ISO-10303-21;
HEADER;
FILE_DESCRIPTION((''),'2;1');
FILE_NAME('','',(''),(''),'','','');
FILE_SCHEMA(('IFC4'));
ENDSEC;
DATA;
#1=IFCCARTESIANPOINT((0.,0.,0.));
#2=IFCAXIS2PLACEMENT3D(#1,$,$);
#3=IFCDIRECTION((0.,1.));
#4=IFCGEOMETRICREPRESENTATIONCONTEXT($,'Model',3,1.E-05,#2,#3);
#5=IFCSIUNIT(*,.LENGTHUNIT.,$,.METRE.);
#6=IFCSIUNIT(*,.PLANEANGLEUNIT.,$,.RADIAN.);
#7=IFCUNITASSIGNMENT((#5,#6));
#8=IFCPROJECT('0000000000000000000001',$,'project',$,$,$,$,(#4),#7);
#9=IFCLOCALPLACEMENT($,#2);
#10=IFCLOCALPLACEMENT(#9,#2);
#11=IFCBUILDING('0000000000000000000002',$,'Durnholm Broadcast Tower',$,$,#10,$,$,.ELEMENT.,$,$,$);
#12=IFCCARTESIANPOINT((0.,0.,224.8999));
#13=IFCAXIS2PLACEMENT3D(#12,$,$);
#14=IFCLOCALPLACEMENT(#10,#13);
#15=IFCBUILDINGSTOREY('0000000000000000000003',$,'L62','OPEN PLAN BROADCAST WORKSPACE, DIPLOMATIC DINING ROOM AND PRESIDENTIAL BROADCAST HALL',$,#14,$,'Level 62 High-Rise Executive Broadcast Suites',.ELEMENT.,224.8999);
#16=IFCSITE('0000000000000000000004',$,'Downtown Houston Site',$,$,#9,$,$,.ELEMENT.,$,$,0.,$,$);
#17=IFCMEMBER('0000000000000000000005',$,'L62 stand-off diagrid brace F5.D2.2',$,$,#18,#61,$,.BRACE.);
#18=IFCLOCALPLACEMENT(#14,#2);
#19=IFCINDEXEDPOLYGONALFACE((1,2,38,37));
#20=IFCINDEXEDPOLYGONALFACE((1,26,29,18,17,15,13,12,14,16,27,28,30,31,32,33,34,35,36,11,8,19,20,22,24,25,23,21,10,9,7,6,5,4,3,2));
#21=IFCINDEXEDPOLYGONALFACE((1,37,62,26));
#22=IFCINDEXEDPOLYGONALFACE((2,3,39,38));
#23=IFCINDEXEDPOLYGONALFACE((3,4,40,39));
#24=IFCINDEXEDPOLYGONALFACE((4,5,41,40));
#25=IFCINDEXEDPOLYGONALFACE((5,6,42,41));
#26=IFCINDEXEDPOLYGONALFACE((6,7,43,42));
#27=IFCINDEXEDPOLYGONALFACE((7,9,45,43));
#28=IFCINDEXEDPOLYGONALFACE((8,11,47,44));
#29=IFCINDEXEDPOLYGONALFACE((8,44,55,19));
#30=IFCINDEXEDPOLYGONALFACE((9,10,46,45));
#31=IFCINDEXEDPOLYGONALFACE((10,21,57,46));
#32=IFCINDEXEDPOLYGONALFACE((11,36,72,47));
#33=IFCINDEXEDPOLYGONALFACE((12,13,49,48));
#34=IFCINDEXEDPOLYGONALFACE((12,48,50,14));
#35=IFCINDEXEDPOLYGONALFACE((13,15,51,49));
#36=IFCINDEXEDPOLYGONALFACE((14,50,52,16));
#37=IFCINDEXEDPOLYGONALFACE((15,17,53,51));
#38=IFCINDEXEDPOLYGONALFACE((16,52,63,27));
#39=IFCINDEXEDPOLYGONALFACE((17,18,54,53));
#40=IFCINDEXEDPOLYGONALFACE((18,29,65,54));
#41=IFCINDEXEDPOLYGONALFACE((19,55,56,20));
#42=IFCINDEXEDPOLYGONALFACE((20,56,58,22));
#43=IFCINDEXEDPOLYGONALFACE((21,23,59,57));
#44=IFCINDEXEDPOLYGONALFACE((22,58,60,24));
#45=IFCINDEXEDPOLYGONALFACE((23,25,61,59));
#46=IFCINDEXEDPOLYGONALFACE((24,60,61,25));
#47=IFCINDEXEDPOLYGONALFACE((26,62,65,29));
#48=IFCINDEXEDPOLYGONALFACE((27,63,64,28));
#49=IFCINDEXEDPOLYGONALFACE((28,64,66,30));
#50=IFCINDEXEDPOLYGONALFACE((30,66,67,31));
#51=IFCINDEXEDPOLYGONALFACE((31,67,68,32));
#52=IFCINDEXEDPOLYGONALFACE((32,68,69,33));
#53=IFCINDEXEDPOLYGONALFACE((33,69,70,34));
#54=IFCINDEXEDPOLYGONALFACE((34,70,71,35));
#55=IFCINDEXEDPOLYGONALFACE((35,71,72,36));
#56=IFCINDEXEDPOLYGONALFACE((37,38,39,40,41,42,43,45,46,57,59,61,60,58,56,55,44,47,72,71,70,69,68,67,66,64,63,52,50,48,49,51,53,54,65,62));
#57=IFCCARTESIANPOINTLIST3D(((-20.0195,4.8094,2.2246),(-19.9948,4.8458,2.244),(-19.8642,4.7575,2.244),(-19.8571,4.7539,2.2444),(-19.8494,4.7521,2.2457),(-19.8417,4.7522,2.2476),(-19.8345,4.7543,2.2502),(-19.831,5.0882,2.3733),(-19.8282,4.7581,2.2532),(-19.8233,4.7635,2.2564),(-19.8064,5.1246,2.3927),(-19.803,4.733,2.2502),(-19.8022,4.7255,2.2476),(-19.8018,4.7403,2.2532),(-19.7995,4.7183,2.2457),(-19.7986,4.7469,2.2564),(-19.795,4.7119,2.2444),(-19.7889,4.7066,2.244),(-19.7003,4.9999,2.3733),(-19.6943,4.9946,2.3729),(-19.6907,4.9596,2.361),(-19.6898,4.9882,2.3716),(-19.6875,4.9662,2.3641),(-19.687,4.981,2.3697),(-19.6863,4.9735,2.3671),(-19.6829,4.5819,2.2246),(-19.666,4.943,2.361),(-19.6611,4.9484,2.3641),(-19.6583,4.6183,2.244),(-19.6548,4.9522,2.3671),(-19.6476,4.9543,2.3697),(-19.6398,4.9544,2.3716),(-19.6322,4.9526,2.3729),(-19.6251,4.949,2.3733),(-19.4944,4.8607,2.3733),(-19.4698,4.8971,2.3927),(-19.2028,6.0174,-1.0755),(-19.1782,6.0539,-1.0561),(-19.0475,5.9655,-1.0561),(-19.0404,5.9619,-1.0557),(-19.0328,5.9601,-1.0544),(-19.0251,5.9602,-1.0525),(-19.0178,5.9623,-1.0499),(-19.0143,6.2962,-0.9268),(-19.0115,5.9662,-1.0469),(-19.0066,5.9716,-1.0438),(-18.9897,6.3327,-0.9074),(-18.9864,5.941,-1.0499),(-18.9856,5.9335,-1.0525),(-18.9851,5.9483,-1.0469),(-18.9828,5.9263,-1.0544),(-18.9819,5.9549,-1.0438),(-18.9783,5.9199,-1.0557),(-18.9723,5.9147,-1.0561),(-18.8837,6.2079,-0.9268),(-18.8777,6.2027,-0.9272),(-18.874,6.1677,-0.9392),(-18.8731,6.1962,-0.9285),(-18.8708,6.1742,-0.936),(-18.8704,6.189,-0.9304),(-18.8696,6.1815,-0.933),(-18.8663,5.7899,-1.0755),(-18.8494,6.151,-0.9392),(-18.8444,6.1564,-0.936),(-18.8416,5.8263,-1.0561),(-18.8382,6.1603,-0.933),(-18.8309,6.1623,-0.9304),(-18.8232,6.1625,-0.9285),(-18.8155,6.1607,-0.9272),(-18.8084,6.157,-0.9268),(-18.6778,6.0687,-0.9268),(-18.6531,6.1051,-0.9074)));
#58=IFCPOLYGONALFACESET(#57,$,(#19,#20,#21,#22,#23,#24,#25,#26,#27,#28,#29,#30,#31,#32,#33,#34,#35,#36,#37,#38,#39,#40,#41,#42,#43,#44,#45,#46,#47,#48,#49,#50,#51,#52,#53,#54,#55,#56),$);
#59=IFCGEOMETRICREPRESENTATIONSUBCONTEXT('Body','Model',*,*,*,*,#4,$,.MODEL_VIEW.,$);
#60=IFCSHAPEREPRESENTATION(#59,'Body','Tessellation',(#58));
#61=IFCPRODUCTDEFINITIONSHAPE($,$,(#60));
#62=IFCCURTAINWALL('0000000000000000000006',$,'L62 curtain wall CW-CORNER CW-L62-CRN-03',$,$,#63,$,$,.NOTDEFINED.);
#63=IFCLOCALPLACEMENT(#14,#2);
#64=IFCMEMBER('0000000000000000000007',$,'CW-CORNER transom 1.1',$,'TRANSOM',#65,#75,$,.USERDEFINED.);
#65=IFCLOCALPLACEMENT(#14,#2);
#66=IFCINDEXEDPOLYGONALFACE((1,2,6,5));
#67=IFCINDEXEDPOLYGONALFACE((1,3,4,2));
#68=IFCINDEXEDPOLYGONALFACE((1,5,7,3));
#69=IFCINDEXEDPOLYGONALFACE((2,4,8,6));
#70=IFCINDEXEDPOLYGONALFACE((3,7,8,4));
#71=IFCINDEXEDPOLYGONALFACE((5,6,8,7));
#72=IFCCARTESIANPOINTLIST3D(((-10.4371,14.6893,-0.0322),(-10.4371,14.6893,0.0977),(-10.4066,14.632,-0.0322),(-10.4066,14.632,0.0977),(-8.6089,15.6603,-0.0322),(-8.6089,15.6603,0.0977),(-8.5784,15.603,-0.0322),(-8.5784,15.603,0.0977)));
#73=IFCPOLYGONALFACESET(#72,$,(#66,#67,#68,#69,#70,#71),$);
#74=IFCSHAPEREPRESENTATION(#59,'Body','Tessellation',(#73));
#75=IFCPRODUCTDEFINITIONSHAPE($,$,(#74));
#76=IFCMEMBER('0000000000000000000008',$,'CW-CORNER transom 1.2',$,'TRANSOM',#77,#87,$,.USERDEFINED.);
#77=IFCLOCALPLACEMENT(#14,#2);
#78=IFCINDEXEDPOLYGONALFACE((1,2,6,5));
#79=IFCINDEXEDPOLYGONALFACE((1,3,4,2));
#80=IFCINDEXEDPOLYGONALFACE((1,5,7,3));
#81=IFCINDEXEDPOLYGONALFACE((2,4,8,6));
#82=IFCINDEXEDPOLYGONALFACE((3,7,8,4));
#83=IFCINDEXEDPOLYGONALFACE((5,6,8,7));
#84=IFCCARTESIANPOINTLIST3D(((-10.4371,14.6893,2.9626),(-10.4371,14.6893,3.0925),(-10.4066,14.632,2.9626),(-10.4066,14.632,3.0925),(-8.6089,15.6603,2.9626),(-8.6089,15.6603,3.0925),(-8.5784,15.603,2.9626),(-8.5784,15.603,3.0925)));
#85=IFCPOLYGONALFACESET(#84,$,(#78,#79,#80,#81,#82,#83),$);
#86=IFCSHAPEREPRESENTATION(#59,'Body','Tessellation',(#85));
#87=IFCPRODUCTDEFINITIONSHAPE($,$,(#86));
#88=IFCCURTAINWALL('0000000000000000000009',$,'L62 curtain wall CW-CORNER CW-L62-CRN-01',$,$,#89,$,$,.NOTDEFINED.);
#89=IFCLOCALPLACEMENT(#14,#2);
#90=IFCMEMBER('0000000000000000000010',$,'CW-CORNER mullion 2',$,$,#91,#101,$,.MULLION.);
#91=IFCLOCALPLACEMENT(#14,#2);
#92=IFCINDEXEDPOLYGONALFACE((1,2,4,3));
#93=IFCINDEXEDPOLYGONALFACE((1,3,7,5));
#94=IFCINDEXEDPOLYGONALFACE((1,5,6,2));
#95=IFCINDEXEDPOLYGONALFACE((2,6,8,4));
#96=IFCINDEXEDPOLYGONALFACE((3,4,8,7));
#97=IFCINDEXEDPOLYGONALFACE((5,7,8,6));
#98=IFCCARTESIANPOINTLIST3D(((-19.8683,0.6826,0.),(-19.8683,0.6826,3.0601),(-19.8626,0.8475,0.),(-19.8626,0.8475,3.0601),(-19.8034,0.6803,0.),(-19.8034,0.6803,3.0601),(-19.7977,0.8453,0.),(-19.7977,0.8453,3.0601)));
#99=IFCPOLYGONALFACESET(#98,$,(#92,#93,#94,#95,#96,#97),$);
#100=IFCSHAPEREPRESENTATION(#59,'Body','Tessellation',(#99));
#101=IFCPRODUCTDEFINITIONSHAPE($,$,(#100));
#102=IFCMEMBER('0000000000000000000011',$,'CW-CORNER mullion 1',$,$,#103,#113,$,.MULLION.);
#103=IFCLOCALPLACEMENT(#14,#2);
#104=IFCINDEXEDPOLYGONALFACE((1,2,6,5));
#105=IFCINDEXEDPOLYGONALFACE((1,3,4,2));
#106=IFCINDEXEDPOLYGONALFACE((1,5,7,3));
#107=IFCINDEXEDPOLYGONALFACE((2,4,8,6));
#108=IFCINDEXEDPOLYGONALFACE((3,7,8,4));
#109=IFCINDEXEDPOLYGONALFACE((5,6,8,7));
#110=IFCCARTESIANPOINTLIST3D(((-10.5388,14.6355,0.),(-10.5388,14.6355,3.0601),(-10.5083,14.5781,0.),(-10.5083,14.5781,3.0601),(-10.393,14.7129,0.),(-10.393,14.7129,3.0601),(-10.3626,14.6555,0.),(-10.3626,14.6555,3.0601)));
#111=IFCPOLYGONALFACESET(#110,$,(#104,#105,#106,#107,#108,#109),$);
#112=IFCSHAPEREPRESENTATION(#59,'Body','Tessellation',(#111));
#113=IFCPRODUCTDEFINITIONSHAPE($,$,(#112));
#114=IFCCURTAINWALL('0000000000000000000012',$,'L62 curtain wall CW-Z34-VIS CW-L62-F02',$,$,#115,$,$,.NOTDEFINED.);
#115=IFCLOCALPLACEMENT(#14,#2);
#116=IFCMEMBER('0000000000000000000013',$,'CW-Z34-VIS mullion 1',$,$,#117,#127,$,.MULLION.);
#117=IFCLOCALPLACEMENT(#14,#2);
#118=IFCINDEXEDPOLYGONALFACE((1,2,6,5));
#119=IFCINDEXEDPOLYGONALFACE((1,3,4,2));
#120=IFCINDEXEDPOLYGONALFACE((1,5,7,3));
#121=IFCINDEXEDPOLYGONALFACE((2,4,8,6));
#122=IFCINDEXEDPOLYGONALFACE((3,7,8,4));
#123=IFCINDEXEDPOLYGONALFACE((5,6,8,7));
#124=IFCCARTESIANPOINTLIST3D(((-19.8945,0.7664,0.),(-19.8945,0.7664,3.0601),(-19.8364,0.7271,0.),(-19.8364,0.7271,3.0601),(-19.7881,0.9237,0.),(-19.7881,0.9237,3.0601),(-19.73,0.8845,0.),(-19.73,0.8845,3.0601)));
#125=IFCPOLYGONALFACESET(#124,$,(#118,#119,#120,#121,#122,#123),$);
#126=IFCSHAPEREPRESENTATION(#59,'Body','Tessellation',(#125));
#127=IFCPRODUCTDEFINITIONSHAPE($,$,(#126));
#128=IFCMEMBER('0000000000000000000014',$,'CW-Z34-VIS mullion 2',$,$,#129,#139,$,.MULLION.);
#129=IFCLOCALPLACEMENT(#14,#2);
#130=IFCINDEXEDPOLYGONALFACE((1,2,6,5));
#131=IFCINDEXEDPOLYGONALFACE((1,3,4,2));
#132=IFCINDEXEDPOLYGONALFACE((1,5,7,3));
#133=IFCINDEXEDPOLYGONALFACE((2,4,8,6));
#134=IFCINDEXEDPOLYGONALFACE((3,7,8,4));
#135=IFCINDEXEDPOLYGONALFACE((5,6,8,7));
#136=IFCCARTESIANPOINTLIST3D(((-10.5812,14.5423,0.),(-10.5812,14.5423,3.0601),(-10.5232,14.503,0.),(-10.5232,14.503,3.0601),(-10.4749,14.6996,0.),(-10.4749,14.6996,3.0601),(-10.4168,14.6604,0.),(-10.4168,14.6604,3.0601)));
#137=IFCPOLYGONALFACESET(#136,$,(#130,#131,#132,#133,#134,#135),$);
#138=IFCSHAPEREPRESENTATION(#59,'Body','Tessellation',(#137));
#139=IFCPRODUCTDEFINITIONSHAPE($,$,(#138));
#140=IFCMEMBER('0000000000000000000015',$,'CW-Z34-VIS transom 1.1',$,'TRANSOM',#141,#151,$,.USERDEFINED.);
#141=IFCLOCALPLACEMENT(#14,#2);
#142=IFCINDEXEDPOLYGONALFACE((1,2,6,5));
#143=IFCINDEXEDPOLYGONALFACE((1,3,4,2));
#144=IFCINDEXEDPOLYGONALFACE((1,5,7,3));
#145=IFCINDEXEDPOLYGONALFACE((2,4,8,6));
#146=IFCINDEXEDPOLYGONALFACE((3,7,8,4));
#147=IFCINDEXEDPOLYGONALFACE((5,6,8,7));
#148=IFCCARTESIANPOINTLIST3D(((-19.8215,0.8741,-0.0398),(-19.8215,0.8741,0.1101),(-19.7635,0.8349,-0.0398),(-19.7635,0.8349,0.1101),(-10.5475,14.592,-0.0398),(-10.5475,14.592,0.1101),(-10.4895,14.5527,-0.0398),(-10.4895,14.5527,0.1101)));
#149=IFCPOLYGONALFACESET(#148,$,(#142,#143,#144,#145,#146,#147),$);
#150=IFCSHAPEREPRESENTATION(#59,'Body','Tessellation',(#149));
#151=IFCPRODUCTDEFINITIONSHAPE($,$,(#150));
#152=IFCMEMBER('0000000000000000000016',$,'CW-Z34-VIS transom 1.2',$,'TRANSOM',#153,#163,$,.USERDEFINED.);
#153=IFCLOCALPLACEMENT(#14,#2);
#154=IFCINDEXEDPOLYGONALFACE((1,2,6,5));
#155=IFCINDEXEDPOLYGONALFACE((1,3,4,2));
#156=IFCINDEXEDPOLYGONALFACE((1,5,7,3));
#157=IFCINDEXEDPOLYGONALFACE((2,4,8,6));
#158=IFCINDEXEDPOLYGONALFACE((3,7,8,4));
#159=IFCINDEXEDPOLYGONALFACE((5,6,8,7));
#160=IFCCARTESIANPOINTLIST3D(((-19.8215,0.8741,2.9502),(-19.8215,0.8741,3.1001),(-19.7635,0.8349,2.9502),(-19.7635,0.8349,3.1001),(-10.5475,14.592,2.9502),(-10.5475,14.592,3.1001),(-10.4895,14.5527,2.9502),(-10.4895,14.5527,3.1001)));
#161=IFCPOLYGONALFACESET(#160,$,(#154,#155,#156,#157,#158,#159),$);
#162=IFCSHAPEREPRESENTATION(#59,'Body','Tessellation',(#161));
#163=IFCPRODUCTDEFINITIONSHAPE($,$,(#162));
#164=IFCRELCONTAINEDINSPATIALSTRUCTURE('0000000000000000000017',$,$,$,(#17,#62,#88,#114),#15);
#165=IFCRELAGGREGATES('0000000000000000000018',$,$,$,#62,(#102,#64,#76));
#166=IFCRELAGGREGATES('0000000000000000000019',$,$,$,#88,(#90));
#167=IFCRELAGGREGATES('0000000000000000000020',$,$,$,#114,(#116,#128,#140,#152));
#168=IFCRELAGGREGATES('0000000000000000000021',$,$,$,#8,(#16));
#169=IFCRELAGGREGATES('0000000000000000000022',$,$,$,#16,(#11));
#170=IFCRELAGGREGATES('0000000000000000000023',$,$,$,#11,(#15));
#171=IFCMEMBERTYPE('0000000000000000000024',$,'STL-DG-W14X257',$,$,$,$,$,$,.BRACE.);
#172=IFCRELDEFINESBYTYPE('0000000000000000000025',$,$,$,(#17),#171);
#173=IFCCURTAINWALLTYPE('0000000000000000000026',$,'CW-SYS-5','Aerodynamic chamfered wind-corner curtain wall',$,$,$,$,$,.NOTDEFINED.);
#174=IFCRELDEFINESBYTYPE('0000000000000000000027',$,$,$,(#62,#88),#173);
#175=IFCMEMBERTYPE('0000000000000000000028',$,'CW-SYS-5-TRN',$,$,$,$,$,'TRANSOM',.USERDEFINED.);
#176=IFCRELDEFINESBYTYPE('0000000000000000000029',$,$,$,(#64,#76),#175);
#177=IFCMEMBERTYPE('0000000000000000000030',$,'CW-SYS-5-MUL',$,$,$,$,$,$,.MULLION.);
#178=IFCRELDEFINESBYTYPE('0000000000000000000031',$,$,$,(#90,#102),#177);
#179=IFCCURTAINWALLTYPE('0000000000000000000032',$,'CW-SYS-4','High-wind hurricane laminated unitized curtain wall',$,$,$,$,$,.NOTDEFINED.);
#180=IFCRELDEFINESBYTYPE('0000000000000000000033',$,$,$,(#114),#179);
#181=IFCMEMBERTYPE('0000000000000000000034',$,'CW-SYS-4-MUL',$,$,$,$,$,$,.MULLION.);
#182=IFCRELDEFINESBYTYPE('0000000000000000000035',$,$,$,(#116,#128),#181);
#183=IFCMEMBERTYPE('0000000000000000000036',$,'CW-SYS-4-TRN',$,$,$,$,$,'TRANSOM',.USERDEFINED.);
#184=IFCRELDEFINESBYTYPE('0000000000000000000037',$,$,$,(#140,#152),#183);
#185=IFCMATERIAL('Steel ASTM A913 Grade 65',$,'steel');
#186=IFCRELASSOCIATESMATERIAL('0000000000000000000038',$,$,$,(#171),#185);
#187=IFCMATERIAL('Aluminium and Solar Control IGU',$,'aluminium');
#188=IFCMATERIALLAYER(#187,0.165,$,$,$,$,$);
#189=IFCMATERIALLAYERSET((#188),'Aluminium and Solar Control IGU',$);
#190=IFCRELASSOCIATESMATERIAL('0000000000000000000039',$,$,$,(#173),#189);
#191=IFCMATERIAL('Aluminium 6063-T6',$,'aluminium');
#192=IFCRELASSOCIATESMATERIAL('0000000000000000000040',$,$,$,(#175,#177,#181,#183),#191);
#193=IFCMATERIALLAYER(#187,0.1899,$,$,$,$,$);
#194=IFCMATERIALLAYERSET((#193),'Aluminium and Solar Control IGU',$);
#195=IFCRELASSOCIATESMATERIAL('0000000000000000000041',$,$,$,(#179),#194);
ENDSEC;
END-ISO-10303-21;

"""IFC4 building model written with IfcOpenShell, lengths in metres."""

from ifc_helpers import new_model, si_unit, direction, frame, origin, origin_2d, place, context, subcontext, project, spatial, rectangle, i_section, extrude, source, transform, mapped, material, layer, layer_set, material_profile, profile_set, type_object, type_shapes, element, aggregate, save


model = new_model("IFC4")

# Units and contexts
model_context = context("Model", 3, precision=1e-05, world=origin(), true_north=direction((0.0, 1.0)))
body_context = subcontext(model_context, "Body", "Model", "MODEL_VIEW")
ifc_project = project(units=[si_unit("LENGTHUNIT", "METRE"), si_unit("PLANEANGLEUNIT", "RADIAN")], contexts=[model_context])

# Site, building, storey
site_placement = place(None, origin())
site = spatial("IfcSite", under=ifc_project, at=site_placement, Name="Downtown Houston Site", CompositionType="ELEMENT", RefElevation=0.0)
building_placement = place(site_placement, origin())
building = spatial("IfcBuilding", under=site, at=building_placement, Name="Durnholm Broadcast Tower", CompositionType="ELEMENT")
storey_placement = place(building_placement, frame((0.0, 0.0, 224.8999)))
storey = spatial("IfcBuildingStorey", under=building, at=storey_placement, Name="L62", Description="OPEN PLAN BROADCAST WORKSPACE, DIPLOMATIC DINING ROOM AND PRESIDENTIAL BROADCAST HALL", LongName="Level 62 High-Rise Executive Broadcast Suites", CompositionType="ELEMENT", Elevation=224.8999)

# Member
ifc_material_1 = material(Name="Steel ASTM A913 Grade 65", Category="steel")
ifc_material_profile_1 = material_profile(ifc_material_1, i_section(OverallWidth=0.4062, OverallDepth=0.416, WebThickness=0.0298, FlangeThickness=0.0481, FilletRadius=0.0305, at=origin_2d()), Name="W14X257")
ifc_profile_set_1 = profile_set([ifc_material_profile_1], Name="Steel ASTM A913 Grade 65")
member_type_1 = type_object("IfcMemberType", Name="STL-DG-W14X257", PredefinedType="BRACE", material=ifc_profile_set_1)
shared_shape_1 = source(origin(), body_context, "Body", "SweptSolid", [
    extrude(i_section(OverallWidth=0.4062, OverallDepth=0.416, WebThickness=0.0298, FlangeThickness=0.0481, FilletRadius=0.0305, at=origin_2d()), origin(), (0.0, 0.0, 1.0), 3.6079),
])
type_shapes(member_type_1, [shared_shape_1])
for number, where, z_axis, x_axis, name in (
    (1, (-18.928, 6.0613, -0.9915), (-0.226354, -0.334828, 0.914688), (0.828452, -0.560059, 0.0), "L62 stand-off diagrid brace F5.D2.2"),
):
    element("IfcMember", number, at=place(storey_placement, frame(where, z_axis=z_axis, x_axis=x_axis)), inside=storey, type_object=member_type_1, Name=name, PredefinedType="BRACE", context=body_context, shape_type="MappedRepresentation", body=[
        mapped(shared_shape_1, transform((0.0, 0.0, 0.0), x_axis=(1.0, 0.0, 0.0), y_axis=(0.0, 1.0, 0.0), z_axis=(0.0, 0.0, 1.0), scale=1.0)),
    ])

# Curtain wall, members
ifc_material_2 = material(Name="Aluminium and Solar Control IGU", Category="aluminium")
ifc_layer_1 = layer(ifc_material_2, 0.165)
ifc_layer_set_1 = layer_set([ifc_layer_1], Name="Aluminium and Solar Control IGU")
curtain_wall_type_1 = type_object("IfcCurtainWallType", Name="CW-SYS-5", Description="Aerodynamic chamfered wind-corner curtain wall", PredefinedType="NOTDEFINED", material=ifc_layer_set_1)
curtain_wall_1_placement = place(storey_placement, origin())
curtain_wall_1 = element("IfcCurtainWall", 2, at=curtain_wall_1_placement, inside=storey, type_object=curtain_wall_type_1, Name="L62 curtain wall CW-CORNER CW-L62-CRN-03", PredefinedType="NOTDEFINED")
ifc_material_3 = material(Name="Aluminium 6063-T6", Category="aluminium")
ifc_material_profile_2 = material_profile(ifc_material_3, rectangle(XDim=0.0649, YDim=0.1299, at=origin_2d()), Name="CWT65X130")
ifc_profile_set_2 = profile_set([ifc_material_profile_2], Name="Aluminium 6063-T6")
member_type_2 = type_object("IfcMemberType", Name="CW-SYS-5-TRN", ElementType="TRANSOM", PredefinedType="USERDEFINED", material=ifc_profile_set_2)
shared_shape_2 = source(origin(), body_context, "Body", "SweptSolid", [
    extrude(rectangle(XDim=0.0649, YDim=0.1299, at=origin_2d()), origin(), (0.0, 0.0, 1.0), 2.0701),
])
type_shapes(member_type_2, [shared_shape_2])
member_1_placement = place(storey_placement, frame((-10.4219, 14.6606, 0.0327), z_axis=(0.883165, 0.469063, 0.0), x_axis=(-0.469063, 0.883165, 0.0)))
member_1 = element("IfcMember", 3, at=member_1_placement, type_object=member_type_2, Name="CW-CORNER transom 1.1", ObjectType="TRANSOM", PredefinedType="USERDEFINED", context=body_context, shape_type="MappedRepresentation", body=[
    mapped(shared_shape_2, transform((0.0, 0.0, 0.0), x_axis=(1.0, 0.0, 0.0), y_axis=(0.0, 1.0, 0.0), z_axis=(0.0, 0.0, 1.0), scale=1.0)),
])
member_2_placement = place(storey_placement, frame((-10.4219, 14.6606, 3.0276), z_axis=(0.883165, 0.469063, 0.0), x_axis=(-0.469063, 0.883165, 0.0)))
member_2 = element("IfcMember", 4, at=member_2_placement, type_object=member_type_2, Name="CW-CORNER transom 1.2", ObjectType="TRANSOM", PredefinedType="USERDEFINED", context=body_context, shape_type="MappedRepresentation", body=[
    mapped(shared_shape_2, transform((0.0, 0.0, 0.0), x_axis=(1.0, 0.0, 0.0), y_axis=(0.0, 1.0, 0.0), z_axis=(0.0, 0.0, 1.0), scale=1.0)),
])

# Curtain wall, member
curtain_wall_2_placement = place(storey_placement, origin())
curtain_wall_2 = element("IfcCurtainWall", 5, at=curtain_wall_2_placement, inside=storey, type_object=curtain_wall_type_1, Name="L62 curtain wall CW-CORNER CW-L62-CRN-01", PredefinedType="NOTDEFINED")
ifc_material_profile_3 = material_profile(ifc_material_3, rectangle(XDim=0.0649, YDim=0.165, at=origin_2d()), Name="CWM65X165")
ifc_profile_set_3 = profile_set([ifc_material_profile_3], Name="Aluminium 6063-T6")
member_type_3 = type_object("IfcMemberType", Name="CW-SYS-5-MUL", PredefinedType="MULLION", material=ifc_profile_set_3)
shared_shape_3 = source(origin(), body_context, "Body", "SweptSolid", [
    extrude(rectangle(XDim=0.0649, YDim=0.165, at=origin_2d()), origin(), (0.0, 0.0, 1.0), 3.0601),
])
type_shapes(member_type_3, [shared_shape_3])
member_3_placement = place(storey_placement, frame((-19.833, 0.7639, 0.0), z_axis=(0.0, 0.0, 1.0), x_axis=(-0.999411, 0.034318, 0.0)))
member_3 = element("IfcMember", 6, at=member_3_placement, type_object=member_type_3, Name="CW-CORNER mullion 2", PredefinedType="MULLION", context=body_context, shape_type="MappedRepresentation", body=[
    mapped(shared_shape_3, transform((0.0, 0.0, 0.0), x_axis=(1.0, 0.0, 0.0), y_axis=(0.0, 1.0, 0.0), z_axis=(0.0, 0.0, 1.0), scale=1.0)),
])

# Member
member_4_placement = place(storey_placement, frame((-10.4507, 14.6455, 0.0), z_axis=(0.0, 0.0, 1.0), x_axis=(-0.469007, 0.883195, 0.0)))
member_4 = element("IfcMember", 7, at=member_4_placement, type_object=member_type_3, Name="CW-CORNER mullion 1", PredefinedType="MULLION", context=body_context, shape_type="MappedRepresentation", body=[
    mapped(shared_shape_3, transform((0.0, 0.0, 0.0), x_axis=(1.0, 0.0, 0.0), y_axis=(0.0, 1.0, 0.0), z_axis=(0.0, 0.0, 1.0), scale=1.0)),
])
aggregate(curtain_wall_1, [member_4, member_1, member_2])

# Curtain wall, members
ifc_layer_2 = layer(ifc_material_2, 0.1899)
ifc_layer_set_2 = layer_set([ifc_layer_2], Name="Aluminium and Solar Control IGU")
curtain_wall_type_2 = type_object("IfcCurtainWallType", Name="CW-SYS-4", Description="High-wind hurricane laminated unitized curtain wall", PredefinedType="NOTDEFINED", material=ifc_layer_set_2)
curtain_wall_3_placement = place(storey_placement, origin())
curtain_wall_3 = element("IfcCurtainWall", 8, at=curtain_wall_3_placement, inside=storey, type_object=curtain_wall_type_2, Name="L62 curtain wall CW-Z34-VIS CW-L62-F02", PredefinedType="NOTDEFINED")
ifc_material_profile_4 = material_profile(ifc_material_3, rectangle(XDim=0.0701, YDim=0.1899, at=origin_2d()), Name="CWM70X190")
ifc_profile_set_4 = profile_set([ifc_material_profile_4], Name="Aluminium 6063-T6")
member_type_4 = type_object("IfcMemberType", Name="CW-SYS-4-MUL", PredefinedType="MULLION", material=ifc_profile_set_4)
shared_shape_4 = source(origin(), body_context, "Body", "SweptSolid", [
    extrude(rectangle(XDim=0.0701, YDim=0.1899, at=origin_2d()), origin(), (0.0, 0.0, 1.0), 3.0601),
])
type_shapes(member_type_4, [shared_shape_4])
member_5_placement = place(storey_placement, frame((-19.8123, 0.8254, 0.0), z_axis=(0.0, 0.0, 1.0), x_axis=(-0.828443, 0.560073, 0.0)))
member_5 = element("IfcMember", 9, at=member_5_placement, type_object=member_type_4, Name="CW-Z34-VIS mullion 1", PredefinedType="MULLION", context=body_context, shape_type="MappedRepresentation", body=[
    mapped(shared_shape_4, transform((0.0, 0.0, 0.0), x_axis=(1.0, 0.0, 0.0), y_axis=(0.0, 1.0, 0.0), z_axis=(0.0, 0.0, 1.0), scale=1.0)),
])
member_6_placement = place(storey_placement, frame((-10.499, 14.6013, 0.0), z_axis=(0.0, 0.0, 1.0), x_axis=(-0.828443, 0.560073, 0.0)))
member_6 = element("IfcMember", 10, at=member_6_placement, type_object=member_type_4, Name="CW-Z34-VIS mullion 2", PredefinedType="MULLION", context=body_context, shape_type="MappedRepresentation", body=[
    mapped(shared_shape_4, transform((0.0, 0.0, 0.0), x_axis=(1.0, 0.0, 0.0), y_axis=(0.0, 1.0, 0.0), z_axis=(0.0, 0.0, 1.0), scale=1.0)),
])
ifc_material_profile_5 = material_profile(ifc_material_3, rectangle(XDim=0.0701, YDim=0.1499, at=origin_2d()), Name="CWT70X150")
ifc_profile_set_5 = profile_set([ifc_material_profile_5], Name="Aluminium 6063-T6")
member_type_5 = type_object("IfcMemberType", Name="CW-SYS-4-TRN", ElementType="TRANSOM", PredefinedType="USERDEFINED", material=ifc_profile_set_5)
shared_shape_5 = source(origin(), body_context, "Body", "SweptSolid", [
    extrude(rectangle(XDim=0.0701, YDim=0.1499, at=origin_2d()), origin(), (0.0, 0.0, 1.0), 16.5586),
])
type_shapes(member_type_5, [shared_shape_5])
member_7_placement = place(storey_placement, frame((-19.7925, 0.8545, 0.0352), z_axis=(0.560071, 0.828444, 0.0), x_axis=(-0.828444, 0.560071, 0.0)))
member_7 = element("IfcMember", 11, at=member_7_placement, type_object=member_type_5, Name="CW-Z34-VIS transom 1.1", ObjectType="TRANSOM", PredefinedType="USERDEFINED", context=body_context, shape_type="MappedRepresentation", body=[
    mapped(shared_shape_5, transform((0.0, 0.0, 0.0), x_axis=(1.0, 0.0, 0.0), y_axis=(0.0, 1.0, 0.0), z_axis=(0.0, 0.0, 1.0), scale=1.0)),
])
member_8_placement = place(storey_placement, frame((-19.7925, 0.8545, 3.0251), z_axis=(0.560071, 0.828444, 0.0), x_axis=(-0.828444, 0.560071, 0.0)))
member_8 = element("IfcMember", 12, at=member_8_placement, type_object=member_type_5, Name="CW-Z34-VIS transom 1.2", ObjectType="TRANSOM", PredefinedType="USERDEFINED", context=body_context, shape_type="MappedRepresentation", body=[
    mapped(shared_shape_5, transform((0.0, 0.0, 0.0), x_axis=(1.0, 0.0, 0.0), y_axis=(0.0, 1.0, 0.0), z_axis=(0.0, 0.0, 1.0), scale=1.0)),
])

aggregate(curtain_wall_2, [member_3])
aggregate(curtain_wall_3, [member_5, member_6, member_7, member_8])

save(model, "model.ifc")
